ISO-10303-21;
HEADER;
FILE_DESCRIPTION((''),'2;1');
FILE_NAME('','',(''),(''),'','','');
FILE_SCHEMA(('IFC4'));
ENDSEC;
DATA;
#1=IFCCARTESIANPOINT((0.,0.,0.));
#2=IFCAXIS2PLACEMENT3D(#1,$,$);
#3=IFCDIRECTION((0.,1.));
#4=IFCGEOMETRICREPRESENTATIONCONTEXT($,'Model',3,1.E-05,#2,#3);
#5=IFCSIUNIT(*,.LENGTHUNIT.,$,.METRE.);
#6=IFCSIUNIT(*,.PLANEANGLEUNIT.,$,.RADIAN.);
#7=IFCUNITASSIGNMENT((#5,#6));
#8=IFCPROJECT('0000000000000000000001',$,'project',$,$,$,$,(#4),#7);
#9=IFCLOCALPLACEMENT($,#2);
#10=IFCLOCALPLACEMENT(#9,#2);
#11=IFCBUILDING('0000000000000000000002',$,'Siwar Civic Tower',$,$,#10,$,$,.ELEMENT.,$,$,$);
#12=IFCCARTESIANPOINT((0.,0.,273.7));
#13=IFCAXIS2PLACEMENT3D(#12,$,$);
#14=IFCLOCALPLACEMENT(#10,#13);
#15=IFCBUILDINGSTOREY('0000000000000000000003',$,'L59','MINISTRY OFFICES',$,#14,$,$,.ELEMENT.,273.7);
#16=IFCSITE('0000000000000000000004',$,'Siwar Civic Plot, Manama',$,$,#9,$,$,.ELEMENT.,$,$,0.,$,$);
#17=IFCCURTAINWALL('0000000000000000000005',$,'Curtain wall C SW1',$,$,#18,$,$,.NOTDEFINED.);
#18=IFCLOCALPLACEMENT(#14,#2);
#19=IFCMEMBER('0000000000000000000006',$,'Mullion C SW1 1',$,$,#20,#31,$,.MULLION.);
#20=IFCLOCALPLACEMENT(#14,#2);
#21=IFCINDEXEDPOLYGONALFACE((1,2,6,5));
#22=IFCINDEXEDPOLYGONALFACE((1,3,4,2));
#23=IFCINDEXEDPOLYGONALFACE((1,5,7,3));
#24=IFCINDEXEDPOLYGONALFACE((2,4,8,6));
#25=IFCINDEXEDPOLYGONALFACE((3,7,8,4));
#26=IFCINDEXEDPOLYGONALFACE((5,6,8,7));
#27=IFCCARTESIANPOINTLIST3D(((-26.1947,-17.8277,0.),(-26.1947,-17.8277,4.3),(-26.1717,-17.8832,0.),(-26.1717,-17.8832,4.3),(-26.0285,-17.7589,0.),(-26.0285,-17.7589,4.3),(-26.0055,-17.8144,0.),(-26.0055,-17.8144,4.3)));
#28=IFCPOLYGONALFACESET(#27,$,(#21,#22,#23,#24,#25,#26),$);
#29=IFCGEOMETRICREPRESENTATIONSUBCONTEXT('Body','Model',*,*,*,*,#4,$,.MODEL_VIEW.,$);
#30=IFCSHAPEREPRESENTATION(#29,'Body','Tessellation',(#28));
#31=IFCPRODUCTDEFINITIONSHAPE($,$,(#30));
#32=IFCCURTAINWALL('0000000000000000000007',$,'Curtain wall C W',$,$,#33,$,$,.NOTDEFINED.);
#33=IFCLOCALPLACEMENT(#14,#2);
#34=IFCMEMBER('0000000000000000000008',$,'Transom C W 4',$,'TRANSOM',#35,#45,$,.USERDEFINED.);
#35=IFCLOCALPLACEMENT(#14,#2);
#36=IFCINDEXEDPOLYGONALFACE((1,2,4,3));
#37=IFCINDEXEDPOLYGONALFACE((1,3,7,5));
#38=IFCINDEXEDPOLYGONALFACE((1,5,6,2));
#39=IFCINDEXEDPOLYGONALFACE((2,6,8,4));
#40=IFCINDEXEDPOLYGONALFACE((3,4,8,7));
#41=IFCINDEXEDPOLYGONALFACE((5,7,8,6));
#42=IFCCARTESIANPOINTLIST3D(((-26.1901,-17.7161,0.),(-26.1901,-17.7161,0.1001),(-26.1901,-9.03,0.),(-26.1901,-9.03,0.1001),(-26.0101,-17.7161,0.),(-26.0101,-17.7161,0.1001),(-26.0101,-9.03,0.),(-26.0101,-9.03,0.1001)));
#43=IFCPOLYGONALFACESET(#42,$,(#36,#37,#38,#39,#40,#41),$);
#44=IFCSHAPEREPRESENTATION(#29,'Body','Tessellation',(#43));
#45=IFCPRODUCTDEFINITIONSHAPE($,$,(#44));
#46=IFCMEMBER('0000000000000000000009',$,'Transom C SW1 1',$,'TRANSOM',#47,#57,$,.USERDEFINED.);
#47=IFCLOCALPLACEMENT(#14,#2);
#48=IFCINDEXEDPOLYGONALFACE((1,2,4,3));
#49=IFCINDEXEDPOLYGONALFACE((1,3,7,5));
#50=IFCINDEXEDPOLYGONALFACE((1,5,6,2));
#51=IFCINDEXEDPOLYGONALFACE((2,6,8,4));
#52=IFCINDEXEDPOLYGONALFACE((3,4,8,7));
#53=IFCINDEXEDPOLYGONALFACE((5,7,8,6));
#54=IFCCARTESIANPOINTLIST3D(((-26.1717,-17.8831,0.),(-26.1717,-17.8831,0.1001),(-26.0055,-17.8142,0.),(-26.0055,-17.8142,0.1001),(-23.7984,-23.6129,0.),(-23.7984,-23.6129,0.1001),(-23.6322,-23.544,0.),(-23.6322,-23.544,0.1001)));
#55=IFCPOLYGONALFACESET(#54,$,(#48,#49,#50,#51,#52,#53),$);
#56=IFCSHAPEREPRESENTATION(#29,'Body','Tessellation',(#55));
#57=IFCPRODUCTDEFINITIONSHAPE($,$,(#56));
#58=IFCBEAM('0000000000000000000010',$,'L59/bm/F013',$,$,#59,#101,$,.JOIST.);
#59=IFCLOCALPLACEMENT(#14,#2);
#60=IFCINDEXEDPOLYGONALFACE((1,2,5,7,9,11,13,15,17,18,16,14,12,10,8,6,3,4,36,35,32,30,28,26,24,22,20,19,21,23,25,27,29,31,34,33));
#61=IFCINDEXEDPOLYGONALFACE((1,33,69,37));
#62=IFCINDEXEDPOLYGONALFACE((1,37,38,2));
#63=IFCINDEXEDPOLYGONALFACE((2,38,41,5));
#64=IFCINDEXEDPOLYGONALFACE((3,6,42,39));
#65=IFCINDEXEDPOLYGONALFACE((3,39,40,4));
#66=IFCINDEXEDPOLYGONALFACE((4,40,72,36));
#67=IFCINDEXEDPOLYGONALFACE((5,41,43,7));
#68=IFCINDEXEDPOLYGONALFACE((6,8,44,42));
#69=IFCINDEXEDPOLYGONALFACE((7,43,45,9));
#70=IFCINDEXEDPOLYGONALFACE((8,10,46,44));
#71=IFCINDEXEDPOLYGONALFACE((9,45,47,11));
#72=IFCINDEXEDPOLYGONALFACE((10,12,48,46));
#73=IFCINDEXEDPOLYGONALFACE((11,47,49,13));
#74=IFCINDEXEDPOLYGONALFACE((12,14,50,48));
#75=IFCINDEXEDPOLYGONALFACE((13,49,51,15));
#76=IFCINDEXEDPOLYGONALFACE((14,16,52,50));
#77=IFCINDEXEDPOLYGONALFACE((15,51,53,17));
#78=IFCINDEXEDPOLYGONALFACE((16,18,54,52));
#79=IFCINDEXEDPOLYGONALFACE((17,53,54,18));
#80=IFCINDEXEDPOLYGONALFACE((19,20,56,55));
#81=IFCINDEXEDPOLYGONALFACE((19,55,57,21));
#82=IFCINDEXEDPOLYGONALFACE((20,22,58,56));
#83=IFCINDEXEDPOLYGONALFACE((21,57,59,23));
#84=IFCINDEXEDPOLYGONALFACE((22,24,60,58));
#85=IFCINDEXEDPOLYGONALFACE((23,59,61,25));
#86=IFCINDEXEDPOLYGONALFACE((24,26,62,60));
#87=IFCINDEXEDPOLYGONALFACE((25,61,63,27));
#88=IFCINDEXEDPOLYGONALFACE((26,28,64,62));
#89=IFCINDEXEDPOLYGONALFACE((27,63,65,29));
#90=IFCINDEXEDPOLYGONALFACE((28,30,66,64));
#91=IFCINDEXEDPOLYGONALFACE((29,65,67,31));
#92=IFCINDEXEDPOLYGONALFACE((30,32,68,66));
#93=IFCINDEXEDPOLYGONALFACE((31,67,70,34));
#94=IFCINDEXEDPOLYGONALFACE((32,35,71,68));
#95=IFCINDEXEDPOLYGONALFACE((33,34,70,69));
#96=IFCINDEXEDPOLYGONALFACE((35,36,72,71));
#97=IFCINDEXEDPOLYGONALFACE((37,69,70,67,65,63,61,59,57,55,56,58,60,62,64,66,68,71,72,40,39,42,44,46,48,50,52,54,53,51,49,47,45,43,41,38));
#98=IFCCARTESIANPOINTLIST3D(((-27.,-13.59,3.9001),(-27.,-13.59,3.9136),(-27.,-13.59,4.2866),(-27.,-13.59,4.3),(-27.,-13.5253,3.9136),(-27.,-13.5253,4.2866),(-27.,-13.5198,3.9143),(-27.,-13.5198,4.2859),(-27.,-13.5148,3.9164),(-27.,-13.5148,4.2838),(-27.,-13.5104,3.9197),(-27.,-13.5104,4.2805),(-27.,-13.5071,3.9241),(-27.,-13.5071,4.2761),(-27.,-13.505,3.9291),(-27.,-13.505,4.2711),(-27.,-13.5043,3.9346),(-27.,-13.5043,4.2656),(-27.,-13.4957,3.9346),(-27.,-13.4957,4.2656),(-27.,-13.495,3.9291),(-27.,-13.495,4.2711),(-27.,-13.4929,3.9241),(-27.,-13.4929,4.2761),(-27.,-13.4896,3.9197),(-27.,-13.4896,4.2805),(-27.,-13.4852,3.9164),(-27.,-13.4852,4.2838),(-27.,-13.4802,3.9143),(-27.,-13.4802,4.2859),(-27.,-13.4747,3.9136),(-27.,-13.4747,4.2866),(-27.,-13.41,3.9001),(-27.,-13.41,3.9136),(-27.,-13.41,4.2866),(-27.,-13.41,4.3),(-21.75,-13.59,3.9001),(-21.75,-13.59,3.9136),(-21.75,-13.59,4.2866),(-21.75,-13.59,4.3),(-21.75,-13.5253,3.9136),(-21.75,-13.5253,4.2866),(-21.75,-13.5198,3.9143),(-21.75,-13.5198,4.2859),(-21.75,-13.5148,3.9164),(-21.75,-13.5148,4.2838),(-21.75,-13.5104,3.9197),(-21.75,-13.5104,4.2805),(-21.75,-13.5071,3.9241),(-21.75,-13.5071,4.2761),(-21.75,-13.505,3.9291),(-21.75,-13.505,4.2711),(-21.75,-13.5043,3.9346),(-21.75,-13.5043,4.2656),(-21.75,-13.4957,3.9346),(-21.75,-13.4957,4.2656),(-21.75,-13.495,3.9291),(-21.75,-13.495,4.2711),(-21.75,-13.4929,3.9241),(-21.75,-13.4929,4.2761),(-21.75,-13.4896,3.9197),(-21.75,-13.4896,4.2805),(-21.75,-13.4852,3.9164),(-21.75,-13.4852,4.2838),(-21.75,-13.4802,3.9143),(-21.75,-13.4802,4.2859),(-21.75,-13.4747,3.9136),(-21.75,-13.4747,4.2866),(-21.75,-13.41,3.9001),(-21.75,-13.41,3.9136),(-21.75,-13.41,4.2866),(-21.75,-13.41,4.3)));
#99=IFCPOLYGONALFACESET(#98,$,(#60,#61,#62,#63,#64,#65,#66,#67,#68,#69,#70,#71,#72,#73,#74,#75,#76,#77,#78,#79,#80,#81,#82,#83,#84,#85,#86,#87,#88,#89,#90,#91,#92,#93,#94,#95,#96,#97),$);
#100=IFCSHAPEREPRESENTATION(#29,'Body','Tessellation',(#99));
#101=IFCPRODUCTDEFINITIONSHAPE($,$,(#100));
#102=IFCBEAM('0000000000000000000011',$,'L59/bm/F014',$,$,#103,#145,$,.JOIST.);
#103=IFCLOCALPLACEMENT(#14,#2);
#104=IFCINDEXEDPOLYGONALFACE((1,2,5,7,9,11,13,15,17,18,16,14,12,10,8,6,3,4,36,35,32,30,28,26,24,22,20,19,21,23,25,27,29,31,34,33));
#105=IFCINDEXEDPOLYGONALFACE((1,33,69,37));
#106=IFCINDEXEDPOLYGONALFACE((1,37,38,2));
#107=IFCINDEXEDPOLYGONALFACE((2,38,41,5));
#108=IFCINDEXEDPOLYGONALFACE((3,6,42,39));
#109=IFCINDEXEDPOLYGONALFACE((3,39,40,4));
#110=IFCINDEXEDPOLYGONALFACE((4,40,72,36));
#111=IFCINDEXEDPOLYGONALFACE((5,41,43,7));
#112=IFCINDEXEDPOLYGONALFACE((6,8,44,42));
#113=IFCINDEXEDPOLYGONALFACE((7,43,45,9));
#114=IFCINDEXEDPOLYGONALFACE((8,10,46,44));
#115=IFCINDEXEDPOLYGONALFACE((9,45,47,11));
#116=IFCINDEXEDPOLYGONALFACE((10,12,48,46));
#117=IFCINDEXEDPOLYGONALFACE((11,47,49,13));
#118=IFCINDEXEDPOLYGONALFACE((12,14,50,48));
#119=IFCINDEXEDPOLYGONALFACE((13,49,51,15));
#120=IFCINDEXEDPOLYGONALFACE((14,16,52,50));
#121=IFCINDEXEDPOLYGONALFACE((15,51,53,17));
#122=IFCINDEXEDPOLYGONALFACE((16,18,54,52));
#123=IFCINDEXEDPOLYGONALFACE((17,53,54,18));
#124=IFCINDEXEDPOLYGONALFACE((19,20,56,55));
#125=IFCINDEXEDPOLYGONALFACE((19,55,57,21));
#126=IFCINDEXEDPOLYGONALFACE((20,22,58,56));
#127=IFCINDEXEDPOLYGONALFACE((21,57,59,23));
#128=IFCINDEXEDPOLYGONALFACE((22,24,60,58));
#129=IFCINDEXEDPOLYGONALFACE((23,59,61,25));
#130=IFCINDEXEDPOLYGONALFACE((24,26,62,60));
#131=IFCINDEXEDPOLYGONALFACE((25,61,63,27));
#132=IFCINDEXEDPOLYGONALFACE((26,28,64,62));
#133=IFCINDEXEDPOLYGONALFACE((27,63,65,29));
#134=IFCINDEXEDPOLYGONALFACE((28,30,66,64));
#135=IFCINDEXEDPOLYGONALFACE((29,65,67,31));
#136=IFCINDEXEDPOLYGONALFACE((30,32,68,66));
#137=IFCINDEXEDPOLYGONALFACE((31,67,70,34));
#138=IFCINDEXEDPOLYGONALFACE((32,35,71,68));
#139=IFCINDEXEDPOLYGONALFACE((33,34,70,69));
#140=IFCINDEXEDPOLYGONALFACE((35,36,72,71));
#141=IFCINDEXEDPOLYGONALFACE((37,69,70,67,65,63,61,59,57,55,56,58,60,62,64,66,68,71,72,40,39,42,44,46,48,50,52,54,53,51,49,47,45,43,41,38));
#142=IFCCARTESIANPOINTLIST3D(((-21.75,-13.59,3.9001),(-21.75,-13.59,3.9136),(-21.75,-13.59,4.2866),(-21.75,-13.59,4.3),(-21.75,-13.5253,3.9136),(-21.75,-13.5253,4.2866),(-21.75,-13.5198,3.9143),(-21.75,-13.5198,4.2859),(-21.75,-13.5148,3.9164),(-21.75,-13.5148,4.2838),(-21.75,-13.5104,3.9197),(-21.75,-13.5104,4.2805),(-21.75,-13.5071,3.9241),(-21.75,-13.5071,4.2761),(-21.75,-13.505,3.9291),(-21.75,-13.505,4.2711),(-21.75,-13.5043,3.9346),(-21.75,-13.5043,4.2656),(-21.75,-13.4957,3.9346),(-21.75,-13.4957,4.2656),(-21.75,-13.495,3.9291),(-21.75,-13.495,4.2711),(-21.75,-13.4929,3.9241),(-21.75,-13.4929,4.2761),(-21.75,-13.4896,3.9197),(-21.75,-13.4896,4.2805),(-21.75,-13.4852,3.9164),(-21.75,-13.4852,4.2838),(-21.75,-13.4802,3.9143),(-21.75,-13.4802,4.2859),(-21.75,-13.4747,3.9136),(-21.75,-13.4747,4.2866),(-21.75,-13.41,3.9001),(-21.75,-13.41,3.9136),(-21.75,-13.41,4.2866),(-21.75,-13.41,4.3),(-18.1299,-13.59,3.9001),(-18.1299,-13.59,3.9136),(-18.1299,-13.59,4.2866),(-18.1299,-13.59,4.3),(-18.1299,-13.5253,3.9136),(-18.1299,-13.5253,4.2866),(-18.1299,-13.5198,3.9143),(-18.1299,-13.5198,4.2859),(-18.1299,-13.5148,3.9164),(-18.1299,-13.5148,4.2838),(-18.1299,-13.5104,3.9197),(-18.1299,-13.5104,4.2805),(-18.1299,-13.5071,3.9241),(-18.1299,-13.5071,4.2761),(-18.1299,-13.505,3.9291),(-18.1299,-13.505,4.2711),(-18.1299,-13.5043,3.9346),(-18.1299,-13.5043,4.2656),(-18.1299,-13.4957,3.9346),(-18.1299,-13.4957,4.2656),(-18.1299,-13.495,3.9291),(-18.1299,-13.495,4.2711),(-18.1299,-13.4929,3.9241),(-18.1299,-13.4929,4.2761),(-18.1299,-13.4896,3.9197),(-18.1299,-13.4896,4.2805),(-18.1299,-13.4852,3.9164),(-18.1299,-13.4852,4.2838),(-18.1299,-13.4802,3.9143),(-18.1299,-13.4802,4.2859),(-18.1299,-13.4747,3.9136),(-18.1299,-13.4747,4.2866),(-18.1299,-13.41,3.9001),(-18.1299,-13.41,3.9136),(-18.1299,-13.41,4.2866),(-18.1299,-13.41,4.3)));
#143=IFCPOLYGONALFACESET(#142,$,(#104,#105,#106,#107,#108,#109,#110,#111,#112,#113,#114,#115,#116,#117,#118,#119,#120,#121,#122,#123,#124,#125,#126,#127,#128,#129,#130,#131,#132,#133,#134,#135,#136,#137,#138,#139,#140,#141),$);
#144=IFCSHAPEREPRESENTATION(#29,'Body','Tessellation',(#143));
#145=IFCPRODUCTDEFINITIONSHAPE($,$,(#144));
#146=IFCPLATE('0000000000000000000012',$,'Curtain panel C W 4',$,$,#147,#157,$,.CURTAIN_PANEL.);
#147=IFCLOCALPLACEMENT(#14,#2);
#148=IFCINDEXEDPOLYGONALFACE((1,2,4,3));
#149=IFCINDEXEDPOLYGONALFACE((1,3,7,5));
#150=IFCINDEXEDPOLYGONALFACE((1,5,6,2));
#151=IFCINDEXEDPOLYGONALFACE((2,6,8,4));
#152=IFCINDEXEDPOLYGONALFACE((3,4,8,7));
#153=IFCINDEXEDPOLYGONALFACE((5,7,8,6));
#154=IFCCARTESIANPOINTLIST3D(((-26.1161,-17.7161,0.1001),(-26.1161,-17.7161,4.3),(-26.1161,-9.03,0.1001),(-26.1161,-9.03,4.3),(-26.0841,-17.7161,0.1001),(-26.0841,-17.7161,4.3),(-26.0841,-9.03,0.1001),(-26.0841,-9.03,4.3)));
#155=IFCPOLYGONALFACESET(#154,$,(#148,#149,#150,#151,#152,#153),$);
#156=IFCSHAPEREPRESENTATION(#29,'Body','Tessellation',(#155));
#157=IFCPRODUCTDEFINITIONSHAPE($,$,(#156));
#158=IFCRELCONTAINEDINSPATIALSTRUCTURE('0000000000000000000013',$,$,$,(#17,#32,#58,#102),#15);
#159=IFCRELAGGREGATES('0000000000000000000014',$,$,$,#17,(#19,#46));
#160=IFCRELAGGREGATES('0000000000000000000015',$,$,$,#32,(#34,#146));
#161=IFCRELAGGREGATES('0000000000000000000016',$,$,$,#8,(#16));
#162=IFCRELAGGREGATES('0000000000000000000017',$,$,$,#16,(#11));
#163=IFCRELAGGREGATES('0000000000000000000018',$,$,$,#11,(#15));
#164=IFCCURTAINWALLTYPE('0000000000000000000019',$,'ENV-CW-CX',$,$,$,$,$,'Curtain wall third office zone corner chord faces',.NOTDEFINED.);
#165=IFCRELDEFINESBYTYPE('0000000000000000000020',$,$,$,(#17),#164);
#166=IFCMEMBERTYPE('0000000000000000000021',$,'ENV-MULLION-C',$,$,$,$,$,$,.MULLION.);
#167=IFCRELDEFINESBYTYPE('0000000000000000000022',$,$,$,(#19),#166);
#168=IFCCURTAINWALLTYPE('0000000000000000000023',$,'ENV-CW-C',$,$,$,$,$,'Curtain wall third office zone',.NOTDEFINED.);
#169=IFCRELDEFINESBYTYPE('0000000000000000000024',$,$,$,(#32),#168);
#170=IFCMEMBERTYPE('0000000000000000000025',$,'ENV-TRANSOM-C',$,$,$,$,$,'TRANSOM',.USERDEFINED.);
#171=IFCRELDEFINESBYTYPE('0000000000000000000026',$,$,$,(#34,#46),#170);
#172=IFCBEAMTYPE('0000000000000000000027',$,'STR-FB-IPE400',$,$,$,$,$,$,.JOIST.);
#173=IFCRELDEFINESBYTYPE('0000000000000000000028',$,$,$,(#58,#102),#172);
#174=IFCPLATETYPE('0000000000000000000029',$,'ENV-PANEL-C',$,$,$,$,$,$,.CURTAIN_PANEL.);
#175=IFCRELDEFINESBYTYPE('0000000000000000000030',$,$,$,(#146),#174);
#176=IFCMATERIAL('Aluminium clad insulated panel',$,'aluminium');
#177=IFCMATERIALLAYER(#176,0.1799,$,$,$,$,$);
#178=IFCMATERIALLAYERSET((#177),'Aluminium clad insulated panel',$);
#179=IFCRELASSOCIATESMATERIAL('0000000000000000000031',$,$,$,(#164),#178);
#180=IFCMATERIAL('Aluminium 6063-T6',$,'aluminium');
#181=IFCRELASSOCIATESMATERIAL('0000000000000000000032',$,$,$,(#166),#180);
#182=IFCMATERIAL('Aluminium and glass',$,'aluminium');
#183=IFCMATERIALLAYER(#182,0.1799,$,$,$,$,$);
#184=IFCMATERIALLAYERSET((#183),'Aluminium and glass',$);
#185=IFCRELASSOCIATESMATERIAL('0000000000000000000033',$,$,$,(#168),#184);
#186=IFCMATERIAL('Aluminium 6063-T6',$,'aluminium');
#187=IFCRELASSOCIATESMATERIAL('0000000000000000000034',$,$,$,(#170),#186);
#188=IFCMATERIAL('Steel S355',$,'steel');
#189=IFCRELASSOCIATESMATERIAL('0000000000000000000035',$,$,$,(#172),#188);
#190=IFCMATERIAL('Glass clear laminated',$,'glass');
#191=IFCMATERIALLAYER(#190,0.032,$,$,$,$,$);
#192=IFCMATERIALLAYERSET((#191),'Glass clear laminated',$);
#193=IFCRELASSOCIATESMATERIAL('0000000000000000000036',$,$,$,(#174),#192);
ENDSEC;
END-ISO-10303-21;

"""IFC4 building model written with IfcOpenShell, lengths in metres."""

from ifc_helpers import new_model, si_unit, direction, frame, origin, origin_2d, place, context, subcontext, project, spatial, rectangle, i_section, extrude, material, layer, layer_set, material_profile, profile_set, type_object, element, aggregate, save


model = new_model("IFC4")

# Units and contexts
model_context = context("Model", 3, precision=1e-05, world=origin(), true_north=direction((0.0, 1.0)))
body_context = subcontext(model_context, "Body", "Model", "MODEL_VIEW")
ifc_project = project(units=[si_unit("LENGTHUNIT", "METRE"), si_unit("PLANEANGLEUNIT", "RADIAN")], contexts=[model_context])

# Site, building, storey
site_placement = place(None, origin())
site = spatial("IfcSite", under=ifc_project, at=site_placement, Name="Siwar Civic Plot, Manama", CompositionType="ELEMENT", RefElevation=0.0)
building_placement = place(site_placement, origin())
building = spatial("IfcBuilding", under=site, at=building_placement, Name="Siwar Civic Tower", CompositionType="ELEMENT")
storey_placement = place(building_placement, frame((0.0, 0.0, 273.7)))
storey = spatial("IfcBuildingStorey", under=building, at=storey_placement, Name="L59", Description="MINISTRY OFFICES", CompositionType="ELEMENT", Elevation=273.7)

# Curtain walls, members
ifc_material_1 = material(Name="Aluminium clad insulated panel", Category="aluminium")
ifc_layer_1 = layer(ifc_material_1, 0.1799)
ifc_layer_set_1 = layer_set([ifc_layer_1], Name="Aluminium clad insulated panel")
curtain_wall_type_1 = type_object("IfcCurtainWallType", Name="ENV-CW-CX", ElementType="Curtain wall third office zone corner chord faces", PredefinedType="NOTDEFINED", material=ifc_layer_set_1)
curtain_wall_1_placement = place(storey_placement, origin())
curtain_wall_1 = element("IfcCurtainWall", 1, at=curtain_wall_1_placement, inside=storey, type_object=curtain_wall_type_1, Name="Curtain wall C SW1", PredefinedType="NOTDEFINED")
ifc_material_2 = material(Name="Aluminium 6063-T6", Category="aluminium")
ifc_material_profile_1 = material_profile(ifc_material_2, rectangle(XDim=0.1799, YDim=0.0601, at=origin_2d()), Name="AL 180x60")
ifc_profile_set_1 = profile_set([ifc_material_profile_1], Name="Aluminium 6063-T6")
member_type_1 = type_object("IfcMemberType", Name="ENV-MULLION-C", PredefinedType="MULLION", material=ifc_profile_set_1)
member_1_placement = place(storey_placement, frame((-26.1001, -17.821, 0.0), z_axis=(0.0, 0.0, 1.0), x_axis=(0.92388, 0.382683, 0.0)))
member_1 = element("IfcMember", 2, at=member_1_placement, type_object=member_type_1, Name="Mullion C SW1 1", PredefinedType="MULLION", context=body_context, shape_type="SweptSolid", body=[
    extrude(rectangle(XDim=0.1799, YDim=0.0601, at=origin_2d()), origin(), (0.0, 0.0, 1.0), 4.3),
])
ifc_material_3 = material(Name="Aluminium and glass", Category="aluminium")
ifc_layer_2 = layer(ifc_material_3, 0.1799)
ifc_layer_set_2 = layer_set([ifc_layer_2], Name="Aluminium and glass")
curtain_wall_type_2 = type_object("IfcCurtainWallType", Name="ENV-CW-C", ElementType="Curtain wall third office zone", PredefinedType="NOTDEFINED", material=ifc_layer_set_2)
curtain_wall_2_placement = place(storey_placement, origin())
curtain_wall_2 = element("IfcCurtainWall", 3, at=curtain_wall_2_placement, inside=storey, type_object=curtain_wall_type_2, Name="Curtain wall C W", PredefinedType="NOTDEFINED")
ifc_material_4 = material(Name="Aluminium 6063-T6", Category="aluminium")
ifc_material_profile_2 = material_profile(ifc_material_4, rectangle(XDim=0.1799, YDim=0.1001, at=origin_2d()), Name="AL 180x100")
ifc_profile_set_2 = profile_set([ifc_material_profile_2], Name="Aluminium 6063-T6")
member_type_2 = type_object("IfcMemberType", Name="ENV-TRANSOM-C", ElementType="TRANSOM", PredefinedType="USERDEFINED", material=ifc_profile_set_2)
member_2_placement = place(storey_placement, frame((-26.1001, -9.03, 0.05), z_axis=(0.0, -1.0, 0.0), x_axis=(1.0, 0.0, 0.0)))
member_2 = element("IfcMember", 4, at=member_2_placement, type_object=member_type_2, Name="Transom C W 4", ObjectType="TRANSOM", PredefinedType="USERDEFINED", context=body_context, shape_type="SweptSolid", body=[
    extrude(rectangle(XDim=0.1799, YDim=0.1001, at=origin_2d()), origin(), (0.0, 0.0, 1.0), 8.686),
])

# Member
member_3_placement = place(storey_placement, frame((-26.0886, -17.8486, 0.05), z_axis=(0.382677, -0.923882, 0.0), x_axis=(0.923882, 0.382677, 0.0)))
member_3 = element("IfcMember", 5, at=member_3_placement, type_object=member_type_2, Name="Transom C SW1 1", ObjectType="TRANSOM", PredefinedType="USERDEFINED", context=body_context, shape_type="SweptSolid", body=[
    extrude(rectangle(XDim=0.1799, YDim=0.1001, at=origin_2d()), origin(), (0.0, 0.0, 1.0), 6.2019),
])
aggregate(curtain_wall_1, [member_1, member_3])

# Beams
ifc_material_5 = material(Name="Steel S355", Category="steel")
ifc_material_profile_3 = material_profile(ifc_material_5, i_section(OverallWidth=0.1799, OverallDepth=0.3999, WebThickness=0.0085, FlangeThickness=0.0134, FilletRadius=0.021, at=origin_2d()), Name="IPE400")
ifc_profile_set_3 = profile_set([ifc_material_profile_3], Name="Steel S355")
beam_type = type_object("IfcBeamType", Name="STR-FB-IPE400", PredefinedType="JOIST", material=ifc_profile_set_3)
beam_1_placement = place(storey_placement, frame((-27.0, -13.5, 4.1001), z_axis=(1.0, 0.0, 0.0), x_axis=(0.0, 1.0, 0.0)))
element("IfcBeam", 6, at=beam_1_placement, inside=storey, type_object=beam_type, Name="L59/bm/F013", PredefinedType="JOIST", context=body_context, shape_type="SweptSolid", body=[
    extrude(i_section(OverallWidth=0.1799, OverallDepth=0.3999, WebThickness=0.0085, FlangeThickness=0.0134, FilletRadius=0.021, at=origin_2d()), origin(), (0.0, 0.0, 1.0), 5.25),
])
beam_2_placement = place(storey_placement, frame((-21.75, -13.5, 4.1001), z_axis=(1.0, 0.0, 0.0), x_axis=(0.0, 1.0, 0.0)))
element("IfcBeam", 7, at=beam_2_placement, inside=storey, type_object=beam_type, Name="L59/bm/F014", PredefinedType="JOIST", context=body_context, shape_type="SweptSolid", body=[
    extrude(i_section(OverallWidth=0.1799, OverallDepth=0.3999, WebThickness=0.0085, FlangeThickness=0.0134, FilletRadius=0.021, at=origin_2d()), origin(), (0.0, 0.0, 1.0), 3.6201),
])

# Plate
ifc_material_6 = material(Name="Glass clear laminated", Category="glass")
ifc_layer_3 = layer(ifc_material_6, 0.032)
ifc_layer_set_3 = layer_set([ifc_layer_3], Name="Glass clear laminated")
plate_type = type_object("IfcPlateType", Name="ENV-PANEL-C", PredefinedType="CURTAIN_PANEL", material=ifc_layer_set_3)
plate_placement = place(storey_placement, frame((-26.1001, -13.373, 0.1001), z_axis=(0.0, 0.0, 1.0), x_axis=(0.0, -1.0, 0.0)))
plate = element("IfcPlate", 8, at=plate_placement, type_object=plate_type, Name="Curtain panel C W 4", PredefinedType="CURTAIN_PANEL", context=body_context, shape_type="SweptSolid", body=[
    extrude(rectangle(XDim=8.686, YDim=0.032, at=origin_2d()), origin(), (0.0, 0.0, 1.0), 4.2),
])
aggregate(curtain_wall_2, [member_2, plate])

save(model, "model.ifc")
